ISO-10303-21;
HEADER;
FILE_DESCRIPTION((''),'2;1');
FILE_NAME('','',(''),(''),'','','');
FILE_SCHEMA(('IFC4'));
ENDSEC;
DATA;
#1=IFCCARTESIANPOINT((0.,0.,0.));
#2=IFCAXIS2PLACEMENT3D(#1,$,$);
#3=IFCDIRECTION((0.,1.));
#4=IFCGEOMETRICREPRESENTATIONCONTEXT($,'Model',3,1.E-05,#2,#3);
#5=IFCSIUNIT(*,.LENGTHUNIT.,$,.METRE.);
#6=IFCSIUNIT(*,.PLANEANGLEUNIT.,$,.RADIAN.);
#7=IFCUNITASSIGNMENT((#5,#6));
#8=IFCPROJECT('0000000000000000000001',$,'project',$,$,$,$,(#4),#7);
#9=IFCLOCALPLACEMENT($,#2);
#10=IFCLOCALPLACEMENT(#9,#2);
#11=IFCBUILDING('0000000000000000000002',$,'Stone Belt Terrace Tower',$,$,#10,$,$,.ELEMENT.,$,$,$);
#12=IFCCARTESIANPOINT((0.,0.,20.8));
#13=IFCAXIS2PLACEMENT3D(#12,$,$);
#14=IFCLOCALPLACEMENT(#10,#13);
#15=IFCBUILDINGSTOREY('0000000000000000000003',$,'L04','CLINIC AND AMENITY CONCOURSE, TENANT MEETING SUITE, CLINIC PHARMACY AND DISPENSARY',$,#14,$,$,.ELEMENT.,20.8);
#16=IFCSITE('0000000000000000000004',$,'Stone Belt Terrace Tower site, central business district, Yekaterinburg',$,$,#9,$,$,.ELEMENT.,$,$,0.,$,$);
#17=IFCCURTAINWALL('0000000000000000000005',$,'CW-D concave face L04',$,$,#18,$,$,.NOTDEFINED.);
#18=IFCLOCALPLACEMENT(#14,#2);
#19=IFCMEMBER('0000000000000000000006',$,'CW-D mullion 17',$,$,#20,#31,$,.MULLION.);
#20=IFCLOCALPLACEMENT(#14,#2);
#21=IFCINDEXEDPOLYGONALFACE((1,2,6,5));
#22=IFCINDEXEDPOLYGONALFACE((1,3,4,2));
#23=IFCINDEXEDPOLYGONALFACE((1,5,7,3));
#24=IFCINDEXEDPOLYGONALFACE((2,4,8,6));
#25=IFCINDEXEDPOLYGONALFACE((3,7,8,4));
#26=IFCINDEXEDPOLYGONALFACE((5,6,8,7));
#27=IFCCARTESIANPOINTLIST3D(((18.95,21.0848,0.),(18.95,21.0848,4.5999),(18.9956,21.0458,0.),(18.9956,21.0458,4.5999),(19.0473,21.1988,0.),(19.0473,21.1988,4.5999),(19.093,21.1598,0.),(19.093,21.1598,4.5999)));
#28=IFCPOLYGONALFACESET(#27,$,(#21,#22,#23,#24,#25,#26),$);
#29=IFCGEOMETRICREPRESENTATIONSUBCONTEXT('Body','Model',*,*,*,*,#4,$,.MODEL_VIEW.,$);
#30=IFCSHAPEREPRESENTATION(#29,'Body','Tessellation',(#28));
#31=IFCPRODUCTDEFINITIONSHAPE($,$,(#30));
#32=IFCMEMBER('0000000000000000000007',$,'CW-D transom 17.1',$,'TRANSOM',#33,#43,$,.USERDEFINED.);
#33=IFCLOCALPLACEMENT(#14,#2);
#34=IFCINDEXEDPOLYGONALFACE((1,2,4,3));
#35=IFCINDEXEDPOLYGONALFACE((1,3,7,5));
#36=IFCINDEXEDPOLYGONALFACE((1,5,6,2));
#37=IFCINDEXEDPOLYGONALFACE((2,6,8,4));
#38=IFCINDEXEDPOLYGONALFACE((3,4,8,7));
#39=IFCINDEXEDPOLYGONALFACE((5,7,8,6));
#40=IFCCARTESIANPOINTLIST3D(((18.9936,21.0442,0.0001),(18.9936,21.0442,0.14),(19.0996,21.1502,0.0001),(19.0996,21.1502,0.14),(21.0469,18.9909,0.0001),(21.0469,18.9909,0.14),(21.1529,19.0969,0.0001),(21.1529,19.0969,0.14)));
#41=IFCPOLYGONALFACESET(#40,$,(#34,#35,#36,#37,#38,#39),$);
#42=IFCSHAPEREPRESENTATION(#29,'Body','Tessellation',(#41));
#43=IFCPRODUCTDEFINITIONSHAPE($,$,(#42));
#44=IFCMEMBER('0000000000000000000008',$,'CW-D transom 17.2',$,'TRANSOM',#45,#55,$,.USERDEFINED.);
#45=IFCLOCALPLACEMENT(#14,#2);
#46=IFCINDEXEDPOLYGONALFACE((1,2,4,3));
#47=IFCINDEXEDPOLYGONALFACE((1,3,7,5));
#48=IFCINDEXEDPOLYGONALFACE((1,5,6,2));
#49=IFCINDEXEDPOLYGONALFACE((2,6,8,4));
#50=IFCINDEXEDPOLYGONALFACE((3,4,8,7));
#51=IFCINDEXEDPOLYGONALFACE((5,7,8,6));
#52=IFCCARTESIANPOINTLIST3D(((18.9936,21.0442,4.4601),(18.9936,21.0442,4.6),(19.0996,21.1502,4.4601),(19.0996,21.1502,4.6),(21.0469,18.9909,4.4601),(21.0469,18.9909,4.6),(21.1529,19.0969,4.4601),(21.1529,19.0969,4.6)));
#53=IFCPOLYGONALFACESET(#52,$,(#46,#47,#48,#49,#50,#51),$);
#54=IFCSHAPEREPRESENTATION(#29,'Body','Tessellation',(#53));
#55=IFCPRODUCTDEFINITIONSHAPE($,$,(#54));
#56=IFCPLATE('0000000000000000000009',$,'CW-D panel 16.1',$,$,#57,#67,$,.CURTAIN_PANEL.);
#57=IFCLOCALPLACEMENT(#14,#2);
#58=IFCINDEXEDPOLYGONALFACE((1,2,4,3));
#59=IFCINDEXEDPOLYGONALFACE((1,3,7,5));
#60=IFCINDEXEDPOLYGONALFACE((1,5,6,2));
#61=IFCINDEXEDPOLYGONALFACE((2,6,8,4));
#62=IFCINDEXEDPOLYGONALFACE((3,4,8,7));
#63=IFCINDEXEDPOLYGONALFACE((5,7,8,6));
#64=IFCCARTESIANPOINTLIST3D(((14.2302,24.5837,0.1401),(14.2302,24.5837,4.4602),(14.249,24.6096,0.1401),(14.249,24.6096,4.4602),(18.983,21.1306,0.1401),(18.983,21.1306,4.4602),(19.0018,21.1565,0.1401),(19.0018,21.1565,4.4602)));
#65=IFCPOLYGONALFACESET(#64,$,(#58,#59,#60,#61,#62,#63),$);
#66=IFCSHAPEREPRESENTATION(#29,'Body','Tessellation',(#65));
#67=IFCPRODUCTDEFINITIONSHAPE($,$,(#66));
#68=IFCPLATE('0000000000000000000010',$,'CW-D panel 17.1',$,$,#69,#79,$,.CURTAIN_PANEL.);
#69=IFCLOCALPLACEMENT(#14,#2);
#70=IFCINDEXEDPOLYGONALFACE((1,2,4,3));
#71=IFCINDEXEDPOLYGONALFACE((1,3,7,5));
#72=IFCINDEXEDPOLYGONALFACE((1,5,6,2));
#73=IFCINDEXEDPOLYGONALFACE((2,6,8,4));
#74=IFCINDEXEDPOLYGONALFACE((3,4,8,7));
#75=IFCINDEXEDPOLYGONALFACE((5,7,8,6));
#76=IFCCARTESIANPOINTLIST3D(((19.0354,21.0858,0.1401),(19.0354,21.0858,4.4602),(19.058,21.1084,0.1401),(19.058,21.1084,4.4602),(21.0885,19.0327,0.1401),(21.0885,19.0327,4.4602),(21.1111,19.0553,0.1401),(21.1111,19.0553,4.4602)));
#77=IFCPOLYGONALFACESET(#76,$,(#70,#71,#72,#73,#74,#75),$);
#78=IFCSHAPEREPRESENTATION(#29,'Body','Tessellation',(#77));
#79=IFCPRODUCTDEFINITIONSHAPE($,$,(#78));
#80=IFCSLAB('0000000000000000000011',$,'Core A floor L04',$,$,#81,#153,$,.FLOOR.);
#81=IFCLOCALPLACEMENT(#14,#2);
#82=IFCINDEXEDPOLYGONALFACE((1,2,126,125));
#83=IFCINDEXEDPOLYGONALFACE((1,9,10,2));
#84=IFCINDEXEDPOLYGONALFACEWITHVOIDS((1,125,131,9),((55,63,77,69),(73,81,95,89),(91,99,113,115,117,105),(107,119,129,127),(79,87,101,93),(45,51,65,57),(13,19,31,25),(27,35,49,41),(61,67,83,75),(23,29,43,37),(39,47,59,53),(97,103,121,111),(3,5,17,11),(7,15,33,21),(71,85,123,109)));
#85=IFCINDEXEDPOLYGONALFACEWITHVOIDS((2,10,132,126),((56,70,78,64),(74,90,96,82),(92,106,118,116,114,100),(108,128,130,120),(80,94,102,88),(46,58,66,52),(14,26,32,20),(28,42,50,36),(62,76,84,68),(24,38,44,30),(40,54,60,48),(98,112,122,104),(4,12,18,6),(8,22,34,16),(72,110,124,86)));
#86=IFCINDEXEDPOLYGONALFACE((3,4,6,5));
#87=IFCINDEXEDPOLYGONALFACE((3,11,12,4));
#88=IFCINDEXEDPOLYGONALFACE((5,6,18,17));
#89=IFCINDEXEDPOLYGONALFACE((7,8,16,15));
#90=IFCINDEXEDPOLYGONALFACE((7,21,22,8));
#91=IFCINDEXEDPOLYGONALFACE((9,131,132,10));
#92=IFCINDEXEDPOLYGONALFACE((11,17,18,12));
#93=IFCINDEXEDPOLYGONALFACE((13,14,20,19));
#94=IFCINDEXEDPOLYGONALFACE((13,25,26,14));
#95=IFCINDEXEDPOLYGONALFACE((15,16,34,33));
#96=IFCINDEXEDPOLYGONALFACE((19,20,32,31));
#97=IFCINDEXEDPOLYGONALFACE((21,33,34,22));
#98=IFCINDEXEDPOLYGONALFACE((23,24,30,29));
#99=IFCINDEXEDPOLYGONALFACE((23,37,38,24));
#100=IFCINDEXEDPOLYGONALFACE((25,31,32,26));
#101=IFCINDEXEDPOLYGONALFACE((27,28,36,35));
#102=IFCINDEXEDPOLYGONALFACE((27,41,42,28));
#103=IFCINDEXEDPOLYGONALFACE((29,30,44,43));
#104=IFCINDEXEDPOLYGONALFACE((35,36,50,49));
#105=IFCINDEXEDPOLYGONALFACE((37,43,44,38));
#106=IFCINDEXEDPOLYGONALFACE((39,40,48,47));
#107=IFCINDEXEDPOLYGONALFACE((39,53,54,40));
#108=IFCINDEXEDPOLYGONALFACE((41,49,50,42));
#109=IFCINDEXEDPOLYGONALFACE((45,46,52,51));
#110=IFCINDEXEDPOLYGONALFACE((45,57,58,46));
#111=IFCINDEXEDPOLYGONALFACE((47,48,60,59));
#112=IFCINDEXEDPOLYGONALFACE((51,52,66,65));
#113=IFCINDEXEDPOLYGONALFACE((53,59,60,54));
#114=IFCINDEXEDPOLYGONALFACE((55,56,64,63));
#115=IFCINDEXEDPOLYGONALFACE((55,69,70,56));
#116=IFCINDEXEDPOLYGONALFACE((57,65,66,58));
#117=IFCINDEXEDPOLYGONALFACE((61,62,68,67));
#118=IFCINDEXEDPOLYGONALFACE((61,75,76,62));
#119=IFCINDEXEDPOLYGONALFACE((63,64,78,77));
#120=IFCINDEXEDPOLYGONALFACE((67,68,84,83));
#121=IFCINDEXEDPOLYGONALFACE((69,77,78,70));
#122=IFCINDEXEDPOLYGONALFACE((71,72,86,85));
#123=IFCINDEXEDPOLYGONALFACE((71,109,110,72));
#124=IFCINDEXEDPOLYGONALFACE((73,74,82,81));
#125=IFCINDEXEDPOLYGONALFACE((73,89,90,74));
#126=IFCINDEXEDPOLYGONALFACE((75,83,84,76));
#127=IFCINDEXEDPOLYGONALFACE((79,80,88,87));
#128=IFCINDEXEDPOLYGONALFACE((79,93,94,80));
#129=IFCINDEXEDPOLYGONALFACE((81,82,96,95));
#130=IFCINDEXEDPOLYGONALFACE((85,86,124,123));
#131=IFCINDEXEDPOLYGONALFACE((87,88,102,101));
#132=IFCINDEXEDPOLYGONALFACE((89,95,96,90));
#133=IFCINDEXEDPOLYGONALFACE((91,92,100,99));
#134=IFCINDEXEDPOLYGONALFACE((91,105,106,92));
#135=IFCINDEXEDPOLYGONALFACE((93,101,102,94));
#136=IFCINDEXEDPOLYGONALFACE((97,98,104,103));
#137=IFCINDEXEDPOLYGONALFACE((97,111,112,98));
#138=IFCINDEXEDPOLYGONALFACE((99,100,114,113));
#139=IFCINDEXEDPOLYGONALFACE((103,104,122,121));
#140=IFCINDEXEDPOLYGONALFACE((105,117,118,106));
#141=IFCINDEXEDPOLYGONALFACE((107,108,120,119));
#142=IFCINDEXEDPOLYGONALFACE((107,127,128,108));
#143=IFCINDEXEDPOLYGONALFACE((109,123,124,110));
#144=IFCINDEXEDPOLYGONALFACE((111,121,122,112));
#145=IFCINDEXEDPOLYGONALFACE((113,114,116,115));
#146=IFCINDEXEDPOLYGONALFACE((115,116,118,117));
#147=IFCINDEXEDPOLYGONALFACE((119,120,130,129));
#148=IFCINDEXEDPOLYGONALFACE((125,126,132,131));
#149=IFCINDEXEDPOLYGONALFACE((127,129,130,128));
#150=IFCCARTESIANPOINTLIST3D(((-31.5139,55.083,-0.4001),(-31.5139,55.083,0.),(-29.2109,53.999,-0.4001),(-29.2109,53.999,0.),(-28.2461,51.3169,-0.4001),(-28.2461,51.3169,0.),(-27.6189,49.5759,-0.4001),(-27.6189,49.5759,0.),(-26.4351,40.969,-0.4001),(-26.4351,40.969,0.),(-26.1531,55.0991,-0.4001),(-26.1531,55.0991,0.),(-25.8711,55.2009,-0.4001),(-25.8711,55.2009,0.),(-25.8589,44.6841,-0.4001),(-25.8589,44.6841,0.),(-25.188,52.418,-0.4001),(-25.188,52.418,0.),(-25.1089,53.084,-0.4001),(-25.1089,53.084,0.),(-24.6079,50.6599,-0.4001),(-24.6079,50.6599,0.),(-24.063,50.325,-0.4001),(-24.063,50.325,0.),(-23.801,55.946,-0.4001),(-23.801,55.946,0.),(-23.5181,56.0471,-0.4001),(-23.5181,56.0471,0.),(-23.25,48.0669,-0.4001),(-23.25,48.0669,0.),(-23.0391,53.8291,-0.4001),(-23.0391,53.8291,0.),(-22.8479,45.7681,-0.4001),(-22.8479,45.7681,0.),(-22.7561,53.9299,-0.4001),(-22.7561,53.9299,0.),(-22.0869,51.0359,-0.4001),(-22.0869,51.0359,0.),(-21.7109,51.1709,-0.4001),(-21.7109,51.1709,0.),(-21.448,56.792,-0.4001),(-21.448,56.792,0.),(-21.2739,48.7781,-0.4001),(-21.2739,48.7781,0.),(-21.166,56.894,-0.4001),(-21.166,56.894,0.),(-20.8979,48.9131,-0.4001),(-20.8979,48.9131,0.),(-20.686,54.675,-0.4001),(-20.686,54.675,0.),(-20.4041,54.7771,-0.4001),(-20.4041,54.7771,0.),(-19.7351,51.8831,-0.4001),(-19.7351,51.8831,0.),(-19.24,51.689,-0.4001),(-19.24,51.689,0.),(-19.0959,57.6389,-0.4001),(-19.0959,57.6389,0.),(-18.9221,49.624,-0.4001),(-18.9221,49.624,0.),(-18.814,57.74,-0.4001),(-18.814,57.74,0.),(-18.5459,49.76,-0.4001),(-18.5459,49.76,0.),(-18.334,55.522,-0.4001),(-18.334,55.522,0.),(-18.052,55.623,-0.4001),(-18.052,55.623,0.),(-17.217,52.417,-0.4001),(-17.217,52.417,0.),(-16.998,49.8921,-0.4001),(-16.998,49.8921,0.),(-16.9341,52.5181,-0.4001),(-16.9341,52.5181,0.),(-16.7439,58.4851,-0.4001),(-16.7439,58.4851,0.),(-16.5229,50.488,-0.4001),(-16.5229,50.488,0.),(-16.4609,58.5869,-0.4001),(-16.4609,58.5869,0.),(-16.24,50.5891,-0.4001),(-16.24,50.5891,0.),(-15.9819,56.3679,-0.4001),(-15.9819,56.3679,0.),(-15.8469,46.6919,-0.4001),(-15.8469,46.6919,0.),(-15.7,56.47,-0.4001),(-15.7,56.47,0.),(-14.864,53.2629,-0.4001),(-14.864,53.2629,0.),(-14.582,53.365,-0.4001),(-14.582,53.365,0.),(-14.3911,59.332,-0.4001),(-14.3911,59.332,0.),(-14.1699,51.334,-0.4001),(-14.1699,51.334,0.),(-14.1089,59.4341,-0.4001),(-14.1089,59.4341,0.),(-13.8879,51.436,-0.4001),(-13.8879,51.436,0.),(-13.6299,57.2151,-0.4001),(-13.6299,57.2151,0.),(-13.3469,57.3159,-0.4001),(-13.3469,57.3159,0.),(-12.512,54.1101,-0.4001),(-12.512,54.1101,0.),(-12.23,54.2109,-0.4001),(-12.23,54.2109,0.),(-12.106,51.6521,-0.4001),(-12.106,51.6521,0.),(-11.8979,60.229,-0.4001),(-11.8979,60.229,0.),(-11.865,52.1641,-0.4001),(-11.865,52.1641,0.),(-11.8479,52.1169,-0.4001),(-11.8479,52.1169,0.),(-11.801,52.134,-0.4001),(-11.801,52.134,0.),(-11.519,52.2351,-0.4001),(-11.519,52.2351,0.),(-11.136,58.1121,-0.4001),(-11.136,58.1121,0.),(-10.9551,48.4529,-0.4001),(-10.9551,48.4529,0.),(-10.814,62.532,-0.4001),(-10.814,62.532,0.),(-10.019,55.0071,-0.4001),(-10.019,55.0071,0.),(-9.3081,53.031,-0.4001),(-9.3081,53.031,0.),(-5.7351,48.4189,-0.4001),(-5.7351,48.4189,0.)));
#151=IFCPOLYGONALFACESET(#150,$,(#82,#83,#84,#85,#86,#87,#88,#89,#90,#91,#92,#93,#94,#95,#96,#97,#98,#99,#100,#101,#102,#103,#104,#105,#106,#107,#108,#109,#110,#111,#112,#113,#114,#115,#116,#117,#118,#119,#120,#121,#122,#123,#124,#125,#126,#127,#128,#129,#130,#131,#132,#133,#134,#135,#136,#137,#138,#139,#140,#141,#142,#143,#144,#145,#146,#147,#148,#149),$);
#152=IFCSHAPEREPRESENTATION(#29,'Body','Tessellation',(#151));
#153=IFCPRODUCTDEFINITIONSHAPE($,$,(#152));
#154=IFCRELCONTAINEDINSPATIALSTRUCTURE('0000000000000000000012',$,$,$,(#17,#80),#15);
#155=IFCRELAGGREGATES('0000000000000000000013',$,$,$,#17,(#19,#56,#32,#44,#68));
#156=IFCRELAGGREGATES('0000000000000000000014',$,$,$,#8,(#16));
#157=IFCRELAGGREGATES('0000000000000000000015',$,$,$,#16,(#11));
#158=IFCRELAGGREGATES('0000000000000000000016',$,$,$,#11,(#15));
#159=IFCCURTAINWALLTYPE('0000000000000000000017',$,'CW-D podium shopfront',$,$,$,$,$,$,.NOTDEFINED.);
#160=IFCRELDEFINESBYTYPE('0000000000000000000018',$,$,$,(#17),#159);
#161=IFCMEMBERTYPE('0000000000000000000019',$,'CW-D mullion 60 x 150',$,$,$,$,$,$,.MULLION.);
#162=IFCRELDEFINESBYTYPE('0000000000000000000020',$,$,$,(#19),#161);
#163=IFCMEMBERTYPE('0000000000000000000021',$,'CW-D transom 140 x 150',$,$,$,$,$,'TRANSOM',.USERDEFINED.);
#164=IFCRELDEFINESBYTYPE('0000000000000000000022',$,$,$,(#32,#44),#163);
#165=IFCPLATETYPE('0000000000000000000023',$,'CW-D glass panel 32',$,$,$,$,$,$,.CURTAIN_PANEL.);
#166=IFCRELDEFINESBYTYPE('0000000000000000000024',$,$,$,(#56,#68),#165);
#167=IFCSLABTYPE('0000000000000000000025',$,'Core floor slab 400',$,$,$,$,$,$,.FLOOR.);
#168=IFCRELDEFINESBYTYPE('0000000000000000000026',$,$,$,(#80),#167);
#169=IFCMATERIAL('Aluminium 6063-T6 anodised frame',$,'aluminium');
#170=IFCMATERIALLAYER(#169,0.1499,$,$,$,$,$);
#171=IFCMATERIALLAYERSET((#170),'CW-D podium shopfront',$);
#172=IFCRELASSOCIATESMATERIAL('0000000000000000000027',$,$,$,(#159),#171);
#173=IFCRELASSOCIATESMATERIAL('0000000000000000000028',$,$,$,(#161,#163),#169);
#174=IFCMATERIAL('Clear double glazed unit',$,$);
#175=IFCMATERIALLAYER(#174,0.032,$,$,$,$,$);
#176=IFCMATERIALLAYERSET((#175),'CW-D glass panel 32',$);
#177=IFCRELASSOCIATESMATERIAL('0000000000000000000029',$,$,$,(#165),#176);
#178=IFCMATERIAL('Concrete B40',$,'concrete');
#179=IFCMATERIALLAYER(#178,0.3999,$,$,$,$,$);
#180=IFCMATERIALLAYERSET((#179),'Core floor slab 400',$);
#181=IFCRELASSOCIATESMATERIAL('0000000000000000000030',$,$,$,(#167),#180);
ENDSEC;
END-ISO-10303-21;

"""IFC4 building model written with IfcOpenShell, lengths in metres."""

from ifc_helpers import new_model, si_unit, direction, frame, origin, origin_2d, place, context, subcontext, project, spatial, polyline, rectangle, outline, extrude, material, layer, layer_set, material_profile, profile_set, type_object, element, aggregate, save


model = new_model("IFC4")

# Units and contexts
model_context = context("Model", 3, precision=1e-05, world=origin(), true_north=direction((0.0, 1.0)))
body_context = subcontext(model_context, "Body", "Model", "MODEL_VIEW")
ifc_project = project(units=[si_unit("LENGTHUNIT", "METRE"), si_unit("PLANEANGLEUNIT", "RADIAN")], contexts=[model_context])

# Site, building, storey
site_placement = place(None, origin())
site = spatial("IfcSite", under=ifc_project, at=site_placement, Name="Stone Belt Terrace Tower site, central business district, Yekaterinburg", CompositionType="ELEMENT", RefElevation=0.0)
building_placement = place(site_placement, origin())
building = spatial("IfcBuilding", under=site, at=building_placement, Name="Stone Belt Terrace Tower", CompositionType="ELEMENT")
storey_placement = place(building_placement, frame((0.0, 0.0, 20.8)))
storey = spatial("IfcBuildingStorey", under=building, at=storey_placement, Name="L04", Description="CLINIC AND AMENITY CONCOURSE, TENANT MEETING SUITE, CLINIC PHARMACY AND DISPENSARY", CompositionType="ELEMENT", Elevation=20.8)

# Curtain wall, members, plates
ifc_material_1 = material(Name="Aluminium 6063-T6 anodised frame", Category="aluminium")
ifc_layer_1 = layer(ifc_material_1, 0.1499)
ifc_layer_set_1 = layer_set([ifc_layer_1], Name="CW-D podium shopfront")
curtain_wall_type = type_object("IfcCurtainWallType", Name="CW-D podium shopfront", PredefinedType="NOTDEFINED", material=ifc_layer_set_1)
curtain_wall_placement = place(storey_placement, origin())
curtain_wall = element("IfcCurtainWall", 1, at=curtain_wall_placement, inside=storey, type_object=curtain_wall_type, Name="CW-D concave face L04", PredefinedType="NOTDEFINED")
ifc_material_profile_1 = material_profile(ifc_material_1, rectangle(XDim=0.1499, YDim=0.0601, at=origin_2d()), Name="Aluminium 6063-T6 60x150")
ifc_profile_set_1 = profile_set([ifc_material_profile_1], Name="Aluminium 6063-T6 anodised frame")
member_type_1 = type_object("IfcMemberType", Name="CW-D mullion 60 x 150", PredefinedType="MULLION", material=ifc_profile_set_1)
member_1_placement = place(storey_placement, frame((19.0215, 21.1223, 0.0), z_axis=(0.0, 0.0, 1.0), x_axis=(0.649448, 0.760406, 0.0)))
member_1 = element("IfcMember", 2, at=member_1_placement, type_object=member_type_1, Name="CW-D mullion 17", PredefinedType="MULLION", context=body_context, shape_type="SweptSolid", body=[
    extrude(rectangle(XDim=0.1499, YDim=0.0601, at=origin_2d()), origin(), (0.0, 0.0, 1.0), 4.5999),
])
ifc_material_profile_2 = material_profile(ifc_material_1, rectangle(XDim=0.1499, YDim=0.1399, at=origin_2d()), Name="Aluminium 6063-T6 150x140")
ifc_profile_set_2 = profile_set([ifc_material_profile_2], Name="Aluminium 6063-T6 anodised frame")
member_type_2 = type_object("IfcMemberType", Name="CW-D transom 140 x 150", ElementType="TRANSOM", PredefinedType="USERDEFINED", material=ifc_profile_set_2)
member_2_placement = place(storey_placement, frame((19.0466, 21.0972, 0.0701), z_axis=(0.707107, -0.707107, 0.0), x_axis=(0.707107, 0.707107, 0.0)))
member_2 = element("IfcMember", 3, at=member_2_placement, type_object=member_type_2, Name="CW-D transom 17.1", ObjectType="TRANSOM", PredefinedType="USERDEFINED", context=body_context, shape_type="SweptSolid", body=[
    extrude(rectangle(XDim=0.1499, YDim=0.1399, at=origin_2d()), origin(), (0.0, 0.0, 1.0), 2.9038),
])
member_3_placement = place(storey_placement, frame((19.0466, 21.0972, 4.53), z_axis=(0.707107, -0.707107, 0.0), x_axis=(0.707107, 0.707107, 0.0)))
member_3 = element("IfcMember", 4, at=member_3_placement, type_object=member_type_2, Name="CW-D transom 17.2", ObjectType="TRANSOM", PredefinedType="USERDEFINED", context=body_context, shape_type="SweptSolid", body=[
    extrude(rectangle(XDim=0.1499, YDim=0.1399, at=origin_2d()), origin(), (0.0, 0.0, 1.0), 2.9038),
])
ifc_material_2 = material(Name="Clear double glazed unit")
ifc_layer_2 = layer(ifc_material_2, 0.032)
ifc_layer_set_2 = layer_set([ifc_layer_2], Name="CW-D glass panel 32")
plate_type = type_object("IfcPlateType", Name="CW-D glass panel 32", PredefinedType="CURTAIN_PANEL", material=ifc_layer_set_2)
plate_1_placement = place(storey_placement, frame((16.616, 22.8701, 0.1401), z_axis=(0.0, 0.0, 1.0), x_axis=(0.809017, -0.587785, 0.0)))
plate_1 = element("IfcPlate", 5, at=plate_1_placement, type_object=plate_type, Name="CW-D panel 16.1", PredefinedType="CURTAIN_PANEL", context=body_context, shape_type="SweptSolid", body=[
    extrude(rectangle(XDim=5.8748, YDim=0.032, at=origin_2d()), origin(), (0.0, 0.0, 1.0), 4.3201),
])
plate_2_placement = place(storey_placement, frame((20.0732, 20.0706, 0.1401), z_axis=(0.0, 0.0, 1.0), x_axis=(0.707107, -0.707107, 0.0)))
plate_2 = element("IfcPlate", 6, at=plate_2_placement, type_object=plate_type, Name="CW-D panel 17.1", PredefinedType="CURTAIN_PANEL", context=body_context, shape_type="SweptSolid", body=[
    extrude(rectangle(XDim=2.9036, YDim=0.032, at=origin_2d()), origin(), (0.0, 0.0, 1.0), 4.3201),
])
aggregate(curtain_wall, [member_1, plate_1, member_2, member_3, plate_2])

# Slab
ifc_material_3 = material(Name="Concrete B40", Category="concrete")
ifc_layer_3 = layer(ifc_material_3, 0.3999)
ifc_layer_set_3 = layer_set([ifc_layer_3], Name="Core floor slab 400")
slab_type_1 = type_object("IfcSlabType", Name="Core floor slab 400", PredefinedType="FLOOR", material=ifc_layer_set_3)
slab_1_placement = place(storey_placement, frame((0.0, 0.0, -0.4001)))
element("IfcSlab", 7, at=slab_1_placement, inside=storey, type_object=slab_type_1, Name="Core A floor L04", PredefinedType="FLOOR", context=body_context, shape_type="SweptSolid", body=[
    extrude(outline(polyline([(-26.4351, 40.969), (-5.7351, 48.4189), (-10.814, 62.532), (-31.5139, 55.083), (-26.4351, 40.969)]), holes=[polyline([(-24.6079, 50.6599), (-22.8479, 45.7681), (-25.8589, 44.6841), (-27.6189, 49.5759), (-24.6079, 50.6599)]), polyline([(-21.2739, 48.7781), (-23.25, 48.0669), (-24.063, 50.325), (-22.0869, 51.0359), (-21.2739, 48.7781)]), polyline([(-18.9221, 49.624), (-20.8979, 48.9131), (-21.7109, 51.1709), (-19.7351, 51.8831), (-18.9221, 49.624)]), polyline([(-19.24, 51.689), (-17.217, 52.417), (-16.5229, 50.488), (-18.5459, 49.76), (-19.24, 51.689)]), polyline([(-29.2109, 53.999), (-26.1531, 55.0991), (-25.188, 52.418), (-28.2461, 51.3169), (-29.2109, 53.999)]), polyline([(-23.801, 55.946), (-23.0391, 53.8291), (-25.1089, 53.084), (-25.8711, 55.2009), (-23.801, 55.946)]), polyline([(-21.448, 56.792), (-20.686, 54.675), (-22.7561, 53.9299), (-23.5181, 56.0471), (-21.448, 56.792)]), polyline([(-19.0959, 57.6389), (-18.334, 55.522), (-20.4041, 54.7771), (-21.166, 56.894), (-19.0959, 57.6389)]), polyline([(-15.8469, 46.6919), (-16.998, 49.8921), (-12.106, 51.6521), (-10.9551, 48.4529), (-15.8469, 46.6919)]), polyline([(-16.24, 50.5891), (-16.9341, 52.5181), (-14.864, 53.2629), (-14.1699, 51.334), (-16.24, 50.5891)]), polyline([(-11.801, 52.134), (-11.8479, 52.1169), (-11.865, 52.1641), (-13.8879, 51.436), (-14.582, 53.365), (-12.512, 54.1101), (-11.801, 52.134)]), polyline([(-9.3081, 53.031), (-11.519, 52.2351), (-12.23, 54.2109), (-10.019, 55.0071), (-9.3081, 53.031)]), polyline([(-16.7439, 58.4851), (-15.9819, 56.3679), (-18.052, 55.623), (-18.814, 57.74), (-16.7439, 58.4851)]), polyline([(-14.3911, 59.332), (-13.6299, 57.2151), (-15.7, 56.47), (-16.4609, 58.5869), (-14.3911, 59.332)]), polyline([(-11.8979, 60.229), (-11.136, 58.1121), (-13.3469, 57.3159), (-14.1089, 59.4341), (-11.8979, 60.229)])]), origin(), (0.0, 0.0, 1.0), 0.4001),
])

save(model, "model.ifc")
